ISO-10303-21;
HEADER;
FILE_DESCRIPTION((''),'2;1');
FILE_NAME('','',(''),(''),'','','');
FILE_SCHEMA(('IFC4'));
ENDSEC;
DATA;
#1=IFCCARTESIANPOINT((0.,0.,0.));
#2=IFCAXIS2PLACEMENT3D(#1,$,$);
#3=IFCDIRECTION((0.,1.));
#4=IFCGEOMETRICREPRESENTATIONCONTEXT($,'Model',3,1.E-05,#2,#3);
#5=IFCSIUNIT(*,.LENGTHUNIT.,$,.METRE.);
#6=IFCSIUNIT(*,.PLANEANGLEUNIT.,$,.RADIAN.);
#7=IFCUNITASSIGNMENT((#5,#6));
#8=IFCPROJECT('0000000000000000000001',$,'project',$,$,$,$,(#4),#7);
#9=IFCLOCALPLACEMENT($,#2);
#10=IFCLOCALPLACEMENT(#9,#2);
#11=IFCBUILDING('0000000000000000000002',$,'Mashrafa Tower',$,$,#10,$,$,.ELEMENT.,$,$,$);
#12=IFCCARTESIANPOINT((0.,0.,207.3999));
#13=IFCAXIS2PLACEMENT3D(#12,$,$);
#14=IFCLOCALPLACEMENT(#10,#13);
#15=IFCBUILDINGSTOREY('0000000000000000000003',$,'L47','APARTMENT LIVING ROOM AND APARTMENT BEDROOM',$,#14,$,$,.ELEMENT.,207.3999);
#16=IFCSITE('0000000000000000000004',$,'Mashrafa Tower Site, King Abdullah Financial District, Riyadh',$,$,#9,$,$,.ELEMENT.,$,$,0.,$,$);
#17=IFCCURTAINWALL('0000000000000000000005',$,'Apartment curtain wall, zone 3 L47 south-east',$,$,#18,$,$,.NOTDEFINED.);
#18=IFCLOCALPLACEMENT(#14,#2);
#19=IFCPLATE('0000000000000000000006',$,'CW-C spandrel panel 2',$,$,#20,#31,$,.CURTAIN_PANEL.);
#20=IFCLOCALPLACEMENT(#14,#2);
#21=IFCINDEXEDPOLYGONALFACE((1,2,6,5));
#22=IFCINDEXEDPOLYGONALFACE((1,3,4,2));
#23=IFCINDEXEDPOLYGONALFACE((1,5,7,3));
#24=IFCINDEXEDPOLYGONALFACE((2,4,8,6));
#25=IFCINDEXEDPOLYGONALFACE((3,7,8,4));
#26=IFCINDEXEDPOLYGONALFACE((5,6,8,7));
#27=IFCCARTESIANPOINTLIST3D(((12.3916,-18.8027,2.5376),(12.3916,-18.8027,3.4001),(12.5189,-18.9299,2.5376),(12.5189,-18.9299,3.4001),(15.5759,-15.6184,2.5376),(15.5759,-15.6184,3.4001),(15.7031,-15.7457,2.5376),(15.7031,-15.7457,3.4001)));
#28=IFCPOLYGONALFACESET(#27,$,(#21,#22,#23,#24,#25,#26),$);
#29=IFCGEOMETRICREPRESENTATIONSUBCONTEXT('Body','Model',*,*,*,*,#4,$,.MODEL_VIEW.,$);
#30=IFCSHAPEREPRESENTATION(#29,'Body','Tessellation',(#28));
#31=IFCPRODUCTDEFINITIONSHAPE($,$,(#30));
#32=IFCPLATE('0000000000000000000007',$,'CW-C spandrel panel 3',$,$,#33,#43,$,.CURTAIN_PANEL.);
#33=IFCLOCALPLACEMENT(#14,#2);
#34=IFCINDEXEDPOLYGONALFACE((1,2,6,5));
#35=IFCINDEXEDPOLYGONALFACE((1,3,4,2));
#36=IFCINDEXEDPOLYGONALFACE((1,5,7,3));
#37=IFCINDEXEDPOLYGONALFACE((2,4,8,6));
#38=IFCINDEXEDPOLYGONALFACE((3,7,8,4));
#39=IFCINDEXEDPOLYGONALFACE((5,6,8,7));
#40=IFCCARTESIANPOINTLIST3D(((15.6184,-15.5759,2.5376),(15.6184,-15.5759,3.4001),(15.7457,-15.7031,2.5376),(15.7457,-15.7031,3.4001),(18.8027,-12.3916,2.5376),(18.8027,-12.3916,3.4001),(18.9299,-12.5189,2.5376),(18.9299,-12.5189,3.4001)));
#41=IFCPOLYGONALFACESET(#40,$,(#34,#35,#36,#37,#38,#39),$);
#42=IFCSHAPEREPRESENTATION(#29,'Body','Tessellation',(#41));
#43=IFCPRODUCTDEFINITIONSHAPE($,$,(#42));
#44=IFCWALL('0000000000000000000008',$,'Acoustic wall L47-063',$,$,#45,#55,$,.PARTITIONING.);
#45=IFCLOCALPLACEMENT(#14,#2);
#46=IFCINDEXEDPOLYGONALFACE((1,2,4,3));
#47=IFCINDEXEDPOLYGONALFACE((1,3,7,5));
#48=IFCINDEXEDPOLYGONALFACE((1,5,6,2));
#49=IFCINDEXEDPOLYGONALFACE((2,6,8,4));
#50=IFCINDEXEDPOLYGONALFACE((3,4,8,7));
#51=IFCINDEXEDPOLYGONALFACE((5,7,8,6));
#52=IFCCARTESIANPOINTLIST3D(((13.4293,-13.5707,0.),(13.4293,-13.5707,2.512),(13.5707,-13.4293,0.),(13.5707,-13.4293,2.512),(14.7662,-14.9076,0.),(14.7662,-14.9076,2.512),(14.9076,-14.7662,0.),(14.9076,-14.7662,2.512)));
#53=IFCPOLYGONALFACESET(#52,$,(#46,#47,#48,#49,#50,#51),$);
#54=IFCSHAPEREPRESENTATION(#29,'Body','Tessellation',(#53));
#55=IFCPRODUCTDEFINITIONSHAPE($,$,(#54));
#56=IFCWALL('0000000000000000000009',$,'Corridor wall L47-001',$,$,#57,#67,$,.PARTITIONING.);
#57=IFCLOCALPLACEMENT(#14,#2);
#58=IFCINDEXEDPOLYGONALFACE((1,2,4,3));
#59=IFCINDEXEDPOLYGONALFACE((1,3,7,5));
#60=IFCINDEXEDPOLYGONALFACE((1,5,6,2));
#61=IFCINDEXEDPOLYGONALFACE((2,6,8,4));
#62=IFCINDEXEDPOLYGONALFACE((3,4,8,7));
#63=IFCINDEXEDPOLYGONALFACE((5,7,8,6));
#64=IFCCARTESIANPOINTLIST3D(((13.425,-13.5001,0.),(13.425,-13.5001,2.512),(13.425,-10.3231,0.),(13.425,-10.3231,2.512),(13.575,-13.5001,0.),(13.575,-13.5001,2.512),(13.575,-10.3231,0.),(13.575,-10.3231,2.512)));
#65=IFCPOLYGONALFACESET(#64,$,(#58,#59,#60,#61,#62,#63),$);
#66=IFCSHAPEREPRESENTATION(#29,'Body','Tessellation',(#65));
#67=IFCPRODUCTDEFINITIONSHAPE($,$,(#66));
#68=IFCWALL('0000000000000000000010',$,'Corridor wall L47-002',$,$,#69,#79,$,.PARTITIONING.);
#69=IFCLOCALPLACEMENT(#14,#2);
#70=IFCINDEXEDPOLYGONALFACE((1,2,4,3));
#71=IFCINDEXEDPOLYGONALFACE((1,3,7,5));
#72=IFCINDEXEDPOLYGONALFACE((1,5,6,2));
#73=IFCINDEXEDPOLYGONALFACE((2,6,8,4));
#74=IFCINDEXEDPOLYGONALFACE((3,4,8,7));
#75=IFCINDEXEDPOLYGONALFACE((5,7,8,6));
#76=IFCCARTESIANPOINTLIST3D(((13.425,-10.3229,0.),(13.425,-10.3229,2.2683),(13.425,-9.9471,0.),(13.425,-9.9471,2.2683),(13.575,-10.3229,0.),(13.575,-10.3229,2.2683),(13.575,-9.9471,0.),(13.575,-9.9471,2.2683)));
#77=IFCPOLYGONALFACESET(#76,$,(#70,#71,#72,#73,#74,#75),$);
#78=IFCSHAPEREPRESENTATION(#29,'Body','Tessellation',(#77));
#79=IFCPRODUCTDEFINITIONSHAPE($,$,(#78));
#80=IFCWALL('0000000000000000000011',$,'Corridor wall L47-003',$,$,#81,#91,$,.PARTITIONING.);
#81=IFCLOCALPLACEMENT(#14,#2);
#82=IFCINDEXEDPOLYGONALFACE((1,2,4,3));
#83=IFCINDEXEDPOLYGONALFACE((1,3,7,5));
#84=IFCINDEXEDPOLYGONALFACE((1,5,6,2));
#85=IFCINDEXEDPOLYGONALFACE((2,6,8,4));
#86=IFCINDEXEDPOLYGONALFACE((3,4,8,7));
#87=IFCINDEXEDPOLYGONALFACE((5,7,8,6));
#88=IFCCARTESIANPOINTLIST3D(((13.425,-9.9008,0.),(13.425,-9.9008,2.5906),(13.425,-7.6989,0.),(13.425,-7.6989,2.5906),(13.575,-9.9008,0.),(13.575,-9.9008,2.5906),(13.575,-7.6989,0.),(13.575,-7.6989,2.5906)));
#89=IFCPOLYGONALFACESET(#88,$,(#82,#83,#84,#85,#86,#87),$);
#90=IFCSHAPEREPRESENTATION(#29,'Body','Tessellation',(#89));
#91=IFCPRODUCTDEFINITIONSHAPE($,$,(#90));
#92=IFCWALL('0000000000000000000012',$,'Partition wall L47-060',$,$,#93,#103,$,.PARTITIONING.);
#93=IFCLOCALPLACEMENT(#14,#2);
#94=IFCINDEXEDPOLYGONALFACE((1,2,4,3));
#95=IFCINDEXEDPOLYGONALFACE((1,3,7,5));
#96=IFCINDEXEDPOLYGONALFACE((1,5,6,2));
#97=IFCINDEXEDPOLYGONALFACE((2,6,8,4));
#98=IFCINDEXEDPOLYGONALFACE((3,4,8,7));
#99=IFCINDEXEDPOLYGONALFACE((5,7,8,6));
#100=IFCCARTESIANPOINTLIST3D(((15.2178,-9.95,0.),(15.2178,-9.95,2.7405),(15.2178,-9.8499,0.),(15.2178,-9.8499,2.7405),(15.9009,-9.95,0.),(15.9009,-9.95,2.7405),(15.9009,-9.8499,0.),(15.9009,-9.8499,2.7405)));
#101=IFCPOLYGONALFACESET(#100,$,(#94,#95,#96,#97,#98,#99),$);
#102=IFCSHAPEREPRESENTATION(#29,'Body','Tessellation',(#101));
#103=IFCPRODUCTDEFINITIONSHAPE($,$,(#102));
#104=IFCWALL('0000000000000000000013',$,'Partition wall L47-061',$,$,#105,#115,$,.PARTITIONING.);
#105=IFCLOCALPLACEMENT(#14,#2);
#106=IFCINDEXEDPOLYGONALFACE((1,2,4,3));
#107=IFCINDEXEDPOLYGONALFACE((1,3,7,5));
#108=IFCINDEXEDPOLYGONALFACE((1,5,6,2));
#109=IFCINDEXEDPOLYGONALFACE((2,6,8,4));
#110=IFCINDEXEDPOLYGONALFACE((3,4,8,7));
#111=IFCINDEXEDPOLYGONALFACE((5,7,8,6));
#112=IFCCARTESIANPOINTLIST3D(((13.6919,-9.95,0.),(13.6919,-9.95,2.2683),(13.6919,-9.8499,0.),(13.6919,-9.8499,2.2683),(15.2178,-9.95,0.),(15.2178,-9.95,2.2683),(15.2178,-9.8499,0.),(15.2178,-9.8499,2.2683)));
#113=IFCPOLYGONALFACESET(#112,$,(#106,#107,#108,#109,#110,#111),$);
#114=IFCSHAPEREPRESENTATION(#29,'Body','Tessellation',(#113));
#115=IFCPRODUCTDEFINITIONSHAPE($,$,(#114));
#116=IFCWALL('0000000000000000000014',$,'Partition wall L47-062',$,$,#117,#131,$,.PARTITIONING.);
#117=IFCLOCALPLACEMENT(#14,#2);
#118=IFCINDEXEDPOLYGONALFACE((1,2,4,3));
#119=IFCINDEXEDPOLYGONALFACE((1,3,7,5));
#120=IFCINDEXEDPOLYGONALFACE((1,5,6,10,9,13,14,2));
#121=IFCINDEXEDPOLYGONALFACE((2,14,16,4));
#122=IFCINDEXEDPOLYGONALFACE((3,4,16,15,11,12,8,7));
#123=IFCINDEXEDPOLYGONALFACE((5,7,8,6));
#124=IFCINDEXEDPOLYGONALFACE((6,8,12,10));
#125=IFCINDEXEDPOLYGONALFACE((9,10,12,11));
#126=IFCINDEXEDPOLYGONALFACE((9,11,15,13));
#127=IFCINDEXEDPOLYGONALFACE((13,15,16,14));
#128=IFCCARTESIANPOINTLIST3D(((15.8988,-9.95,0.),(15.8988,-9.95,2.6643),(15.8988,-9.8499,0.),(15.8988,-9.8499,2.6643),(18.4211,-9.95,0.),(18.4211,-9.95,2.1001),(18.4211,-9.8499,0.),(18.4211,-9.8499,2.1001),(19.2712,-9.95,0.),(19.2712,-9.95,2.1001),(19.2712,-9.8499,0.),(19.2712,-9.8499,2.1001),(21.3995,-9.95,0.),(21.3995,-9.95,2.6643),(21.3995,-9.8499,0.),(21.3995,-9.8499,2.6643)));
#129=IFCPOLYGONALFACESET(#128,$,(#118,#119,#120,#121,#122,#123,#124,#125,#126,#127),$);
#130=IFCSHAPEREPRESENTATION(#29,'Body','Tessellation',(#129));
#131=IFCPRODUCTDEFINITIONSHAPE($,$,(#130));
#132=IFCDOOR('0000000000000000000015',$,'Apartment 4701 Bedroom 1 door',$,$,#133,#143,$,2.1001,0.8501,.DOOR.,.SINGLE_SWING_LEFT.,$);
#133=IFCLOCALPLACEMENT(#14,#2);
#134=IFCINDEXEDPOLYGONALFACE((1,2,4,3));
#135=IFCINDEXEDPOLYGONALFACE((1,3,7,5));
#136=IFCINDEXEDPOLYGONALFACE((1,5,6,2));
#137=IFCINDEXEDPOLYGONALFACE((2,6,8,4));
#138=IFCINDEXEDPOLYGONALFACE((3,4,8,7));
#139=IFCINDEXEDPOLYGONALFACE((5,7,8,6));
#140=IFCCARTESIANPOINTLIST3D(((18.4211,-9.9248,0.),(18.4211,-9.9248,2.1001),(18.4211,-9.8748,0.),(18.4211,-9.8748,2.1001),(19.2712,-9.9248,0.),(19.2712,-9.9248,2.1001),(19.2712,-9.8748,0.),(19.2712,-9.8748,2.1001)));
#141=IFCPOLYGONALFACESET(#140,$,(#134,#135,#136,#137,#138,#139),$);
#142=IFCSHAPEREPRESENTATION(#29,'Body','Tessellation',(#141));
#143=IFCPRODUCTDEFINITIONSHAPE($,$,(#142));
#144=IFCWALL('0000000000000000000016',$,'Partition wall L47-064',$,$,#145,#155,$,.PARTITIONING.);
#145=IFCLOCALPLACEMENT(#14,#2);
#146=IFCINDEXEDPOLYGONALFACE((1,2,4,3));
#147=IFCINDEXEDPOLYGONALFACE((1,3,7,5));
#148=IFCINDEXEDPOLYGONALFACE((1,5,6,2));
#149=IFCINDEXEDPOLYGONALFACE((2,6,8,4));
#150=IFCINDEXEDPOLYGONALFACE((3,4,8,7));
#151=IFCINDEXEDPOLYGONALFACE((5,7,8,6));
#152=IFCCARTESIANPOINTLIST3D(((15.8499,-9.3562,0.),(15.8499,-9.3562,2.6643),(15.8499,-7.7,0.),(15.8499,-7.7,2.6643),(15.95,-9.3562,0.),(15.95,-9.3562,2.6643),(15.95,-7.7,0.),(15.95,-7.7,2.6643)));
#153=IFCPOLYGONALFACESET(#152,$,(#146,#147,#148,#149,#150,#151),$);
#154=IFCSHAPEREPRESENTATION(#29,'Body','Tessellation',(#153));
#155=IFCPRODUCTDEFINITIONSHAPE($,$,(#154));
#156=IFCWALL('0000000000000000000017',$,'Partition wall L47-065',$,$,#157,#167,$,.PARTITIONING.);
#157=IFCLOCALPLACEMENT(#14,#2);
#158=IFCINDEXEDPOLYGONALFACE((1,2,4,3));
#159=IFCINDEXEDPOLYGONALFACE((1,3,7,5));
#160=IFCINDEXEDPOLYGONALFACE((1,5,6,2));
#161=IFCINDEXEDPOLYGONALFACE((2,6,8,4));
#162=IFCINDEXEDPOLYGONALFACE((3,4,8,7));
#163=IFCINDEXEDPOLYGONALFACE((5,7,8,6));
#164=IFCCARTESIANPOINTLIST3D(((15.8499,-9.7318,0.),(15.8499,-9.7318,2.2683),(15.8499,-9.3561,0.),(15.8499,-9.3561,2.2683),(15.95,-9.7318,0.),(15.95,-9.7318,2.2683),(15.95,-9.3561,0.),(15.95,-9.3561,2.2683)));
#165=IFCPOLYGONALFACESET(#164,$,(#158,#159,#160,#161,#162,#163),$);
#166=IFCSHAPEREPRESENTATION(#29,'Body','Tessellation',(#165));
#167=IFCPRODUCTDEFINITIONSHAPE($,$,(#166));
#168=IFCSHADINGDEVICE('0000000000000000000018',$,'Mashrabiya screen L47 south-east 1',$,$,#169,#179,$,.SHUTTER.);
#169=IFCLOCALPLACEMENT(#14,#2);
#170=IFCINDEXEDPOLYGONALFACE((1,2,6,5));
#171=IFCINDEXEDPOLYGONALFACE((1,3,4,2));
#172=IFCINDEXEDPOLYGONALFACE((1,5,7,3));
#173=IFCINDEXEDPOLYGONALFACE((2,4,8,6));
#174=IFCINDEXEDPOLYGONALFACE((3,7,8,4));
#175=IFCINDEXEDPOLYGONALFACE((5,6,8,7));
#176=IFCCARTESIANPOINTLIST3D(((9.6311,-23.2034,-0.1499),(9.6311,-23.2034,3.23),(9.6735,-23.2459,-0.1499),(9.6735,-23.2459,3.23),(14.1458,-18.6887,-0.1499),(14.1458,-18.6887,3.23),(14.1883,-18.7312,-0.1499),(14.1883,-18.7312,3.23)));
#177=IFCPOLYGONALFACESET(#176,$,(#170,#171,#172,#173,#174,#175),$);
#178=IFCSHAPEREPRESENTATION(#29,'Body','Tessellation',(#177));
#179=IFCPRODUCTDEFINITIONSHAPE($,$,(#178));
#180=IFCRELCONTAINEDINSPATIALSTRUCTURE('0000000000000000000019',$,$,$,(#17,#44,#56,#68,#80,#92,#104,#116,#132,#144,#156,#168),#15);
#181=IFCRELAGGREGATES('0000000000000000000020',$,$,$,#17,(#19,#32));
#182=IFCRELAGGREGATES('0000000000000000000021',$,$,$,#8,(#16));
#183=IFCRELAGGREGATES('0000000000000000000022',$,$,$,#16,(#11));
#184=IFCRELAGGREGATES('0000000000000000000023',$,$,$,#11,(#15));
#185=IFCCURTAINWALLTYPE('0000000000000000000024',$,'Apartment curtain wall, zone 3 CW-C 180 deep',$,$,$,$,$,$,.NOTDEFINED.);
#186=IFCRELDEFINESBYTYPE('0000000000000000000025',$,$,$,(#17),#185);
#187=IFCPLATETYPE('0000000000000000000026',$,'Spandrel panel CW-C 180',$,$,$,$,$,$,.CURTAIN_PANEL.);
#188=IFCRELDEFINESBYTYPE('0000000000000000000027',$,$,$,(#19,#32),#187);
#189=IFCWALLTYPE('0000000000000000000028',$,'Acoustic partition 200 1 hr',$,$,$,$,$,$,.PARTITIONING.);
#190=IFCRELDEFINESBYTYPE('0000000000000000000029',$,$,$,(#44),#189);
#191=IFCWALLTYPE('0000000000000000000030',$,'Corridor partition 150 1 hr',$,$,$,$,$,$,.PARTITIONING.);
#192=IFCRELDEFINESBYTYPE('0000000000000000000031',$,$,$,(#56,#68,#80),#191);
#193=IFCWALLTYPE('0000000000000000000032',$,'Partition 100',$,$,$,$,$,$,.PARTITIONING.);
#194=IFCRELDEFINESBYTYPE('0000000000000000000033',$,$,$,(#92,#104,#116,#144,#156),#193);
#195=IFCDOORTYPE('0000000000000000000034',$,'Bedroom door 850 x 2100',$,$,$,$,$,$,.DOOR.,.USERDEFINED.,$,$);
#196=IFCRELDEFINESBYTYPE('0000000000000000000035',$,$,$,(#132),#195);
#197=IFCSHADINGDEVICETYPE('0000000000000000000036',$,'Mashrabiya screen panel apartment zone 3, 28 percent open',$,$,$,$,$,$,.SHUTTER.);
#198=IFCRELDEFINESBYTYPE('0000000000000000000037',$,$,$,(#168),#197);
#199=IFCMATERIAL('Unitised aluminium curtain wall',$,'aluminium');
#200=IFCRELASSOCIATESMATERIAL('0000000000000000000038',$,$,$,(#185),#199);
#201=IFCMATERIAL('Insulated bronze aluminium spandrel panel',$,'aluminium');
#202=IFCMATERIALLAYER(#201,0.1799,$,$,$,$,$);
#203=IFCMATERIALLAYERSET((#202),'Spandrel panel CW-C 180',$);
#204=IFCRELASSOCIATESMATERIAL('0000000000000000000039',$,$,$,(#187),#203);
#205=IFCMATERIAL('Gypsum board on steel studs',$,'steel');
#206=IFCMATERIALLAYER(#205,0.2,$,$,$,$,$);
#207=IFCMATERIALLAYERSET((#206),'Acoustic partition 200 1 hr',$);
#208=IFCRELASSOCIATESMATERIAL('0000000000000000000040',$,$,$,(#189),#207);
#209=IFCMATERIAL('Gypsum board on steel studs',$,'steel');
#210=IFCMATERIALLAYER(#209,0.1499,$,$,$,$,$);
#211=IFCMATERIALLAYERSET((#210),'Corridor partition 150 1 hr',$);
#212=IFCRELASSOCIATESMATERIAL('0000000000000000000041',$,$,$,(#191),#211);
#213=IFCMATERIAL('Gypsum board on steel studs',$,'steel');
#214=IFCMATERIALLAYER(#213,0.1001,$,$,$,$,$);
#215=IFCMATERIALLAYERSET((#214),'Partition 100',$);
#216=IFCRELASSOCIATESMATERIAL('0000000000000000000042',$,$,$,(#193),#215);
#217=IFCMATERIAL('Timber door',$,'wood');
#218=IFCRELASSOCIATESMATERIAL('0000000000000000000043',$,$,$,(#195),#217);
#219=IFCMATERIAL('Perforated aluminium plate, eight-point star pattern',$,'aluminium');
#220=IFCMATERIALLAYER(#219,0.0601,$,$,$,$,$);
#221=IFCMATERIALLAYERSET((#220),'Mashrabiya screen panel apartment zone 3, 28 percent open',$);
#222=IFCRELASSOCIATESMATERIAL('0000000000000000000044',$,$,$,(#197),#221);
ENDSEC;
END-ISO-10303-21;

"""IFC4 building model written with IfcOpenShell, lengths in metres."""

from ifc_helpers import new_model, si_unit, direction, frame, frame_2d, origin, origin_2d, place, context, subcontext, project, spatial, rectangle, extrude, source, transform, mapped, material, layer, layer_set, type_object, type_shapes, element, fill, aggregate, save


model = new_model("IFC4")

# Units and contexts
model_context = context("Model", 3, precision=1e-05, world=origin(), true_north=direction((0.0, 1.0)))
body_context = subcontext(model_context, "Body", "Model", "MODEL_VIEW")
ifc_project = project(units=[si_unit("LENGTHUNIT", "METRE"), si_unit("PLANEANGLEUNIT", "RADIAN")], contexts=[model_context])

# Site, building, storey
site_placement = place(None, origin())
site = spatial("IfcSite", under=ifc_project, at=site_placement, Name="Mashrafa Tower Site, King Abdullah Financial District, Riyadh", CompositionType="ELEMENT", RefElevation=0.0)
building_placement = place(site_placement, origin())
building = spatial("IfcBuilding", under=site, at=building_placement, Name="Mashrafa Tower", CompositionType="ELEMENT")
storey_placement = place(building_placement, frame((0.0, 0.0, 207.3999)))
storey = spatial("IfcBuildingStorey", under=building, at=storey_placement, Name="L47", Description="APARTMENT LIVING ROOM AND APARTMENT BEDROOM", CompositionType="ELEMENT", Elevation=207.3999)

# Curtain wall, plates
ifc_material_1 = material(Name="Unitised aluminium curtain wall", Category="aluminium")
curtain_wall_type = type_object("IfcCurtainWallType", Name="Apartment curtain wall, zone 3 CW-C 180 deep", PredefinedType="NOTDEFINED", material=ifc_material_1)
curtain_wall_placement = place(storey_placement, origin())
curtain_wall = element("IfcCurtainWall", 1, at=curtain_wall_placement, inside=storey, type_object=curtain_wall_type, Name="Apartment curtain wall, zone 3 L47 south-east", PredefinedType="NOTDEFINED")
ifc_material_2 = material(Name="Insulated bronze aluminium spandrel panel", Category="aluminium")
ifc_layer_1 = layer(ifc_material_2, 0.1799)
ifc_layer_set_1 = layer_set([ifc_layer_1], Name="Spandrel panel CW-C 180")
plate_type_1 = type_object("IfcPlateType", Name="Spandrel panel CW-C 180", PredefinedType="CURTAIN_PANEL", material=ifc_layer_set_1)
shared_shape_1 = source(origin(), body_context, "Body", "SweptSolid", [
    extrude(rectangle(XDim=4.5032, YDim=0.1799, at=origin_2d()), origin(), (0.0, 0.0, 1.0), 0.8625),
])
plate_1_placement = place(storey_placement, frame((14.0474, -17.2742, 2.5376), z_axis=(0.0, 0.0, 1.0), x_axis=(0.707107, 0.707107, 0.0)))
plate_1 = element("IfcPlate", 2, at=plate_1_placement, type_object=plate_type_1, Name="CW-C spandrel panel 2", PredefinedType="CURTAIN_PANEL", context=body_context, shape_type="MappedRepresentation", body=[
    mapped(shared_shape_1, transform((0.0, 0.0, 0.0))),
])
plate_2_placement = place(storey_placement, frame((17.2742, -14.0474, 2.5376), z_axis=(0.0, 0.0, 1.0), x_axis=(0.707107, 0.707107, 0.0)))
plate_2 = element("IfcPlate", 3, at=plate_2_placement, type_object=plate_type_1, Name="CW-C spandrel panel 3", PredefinedType="CURTAIN_PANEL", context=body_context, shape_type="MappedRepresentation", body=[
    mapped(shared_shape_1, transform((0.0, 0.0, 0.0))),
])
aggregate(curtain_wall, [plate_1, plate_2])

# Walls
ifc_material_3 = material(Name="Gypsum board on steel studs", Category="steel")
ifc_layer_2 = layer(ifc_material_3, 0.2)
ifc_layer_set_2 = layer_set([ifc_layer_2], Name="Acoustic partition 200 1 hr")
wall_type_1 = type_object("IfcWallType", Name="Acoustic partition 200 1 hr", PredefinedType="PARTITIONING", material=ifc_layer_set_2)
wall_1_placement = place(storey_placement, frame((13.5, -13.5, 0.0), z_axis=(0.0, 0.0, 1.0), x_axis=(0.707107, -0.707107, 0.0)))
element("IfcWall", 4, at=wall_1_placement, inside=storey, type_object=wall_type_1, Name="Acoustic wall L47-063", PredefinedType="PARTITIONING", context=body_context, shape_type="SweptSolid", body=[
    extrude(rectangle(XDim=1.8906, YDim=0.2, at=frame_2d((0.9453, 0.0))), origin(), (0.0, 0.0, 1.0), 2.512),
])
ifc_material_4 = material(Name="Gypsum board on steel studs", Category="steel")
ifc_layer_3 = layer(ifc_material_4, 0.1499)
ifc_layer_set_3 = layer_set([ifc_layer_3], Name="Corridor partition 150 1 hr")
wall_type_2 = type_object("IfcWallType", Name="Corridor partition 150 1 hr", PredefinedType="PARTITIONING", material=ifc_layer_set_3)
wall_2_placement = place(storey_placement, frame((13.5, -13.5, 0.0), z_axis=(0.0, 0.0, 1.0), x_axis=(0.0, 1.0, 0.0)))
element("IfcWall", 5, at=wall_2_placement, inside=storey, type_object=wall_type_2, Name="Corridor wall L47-001", PredefinedType="PARTITIONING", context=body_context, shape_type="SweptSolid", body=[
    extrude(rectangle(XDim=3.177, YDim=0.1499, at=frame_2d((1.5884, 0.0))), origin(), (0.0, 0.0, 1.0), 2.512),
])
wall_3_placement = place(storey_placement, frame((13.5, -10.323, 0.0), z_axis=(0.0, 0.0, 1.0), x_axis=(0.0, 1.0, 0.0)))
element("IfcWall", 6, at=wall_3_placement, inside=storey, type_object=wall_type_2, Name="Corridor wall L47-002", PredefinedType="PARTITIONING", context=body_context, shape_type="SweptSolid", body=[
    extrude(rectangle(XDim=0.3757, YDim=0.1499, at=frame_2d((0.188, 0.0))), origin(), (0.0, 0.0, 1.0), 2.2683),
])
wall_4_placement = place(storey_placement, frame((13.5, -9.9009, 0.0), z_axis=(0.0, 0.0, 1.0), x_axis=(0.0, 1.0, 0.0)))
element("IfcWall", 7, at=wall_4_placement, inside=storey, type_object=wall_type_2, Name="Corridor wall L47-003", PredefinedType="PARTITIONING", context=body_context, shape_type="SweptSolid", body=[
    extrude(rectangle(XDim=2.2019, YDim=0.1499, at=frame_2d((1.1011, 0.0))), origin(), (0.0, 0.0, 1.0), 2.5906),
])
ifc_material_5 = material(Name="Gypsum board on steel studs", Category="steel")
ifc_layer_4 = layer(ifc_material_5, 0.1001)
ifc_layer_set_4 = layer_set([ifc_layer_4], Name="Partition 100")
wall_type_3 = type_object("IfcWallType", Name="Partition 100", PredefinedType="PARTITIONING", material=ifc_layer_set_4)
wall_5_placement = place(storey_placement, frame((15.9009, -9.8999, 0.0), z_axis=(0.0, 0.0, 1.0), x_axis=(-1.0, 0.0, 0.0)))
element("IfcWall", 8, at=wall_5_placement, inside=storey, type_object=wall_type_3, Name="Partition wall L47-060", PredefinedType="PARTITIONING", context=body_context, shape_type="SweptSolid", body=[
    extrude(rectangle(XDim=0.6831, YDim=0.1001, at=frame_2d((0.3416, 0.0))), origin(), (0.0, 0.0, 1.0), 2.7405),
])
wall_6_placement = place(storey_placement, frame((15.2178, -9.8999, 0.0), z_axis=(0.0, 0.0, 1.0), x_axis=(-1.0, 0.0, 0.0)))
element("IfcWall", 9, at=wall_6_placement, inside=storey, type_object=wall_type_3, Name="Partition wall L47-061", PredefinedType="PARTITIONING", context=body_context, shape_type="SweptSolid", body=[
    extrude(rectangle(XDim=1.5259, YDim=0.1001, at=frame_2d((0.7629, 0.0))), origin(), (0.0, 0.0, 1.0), 2.2683),
])

# Wall, opening, door
wall_7_placement = place(storey_placement, frame((21.3997, -9.8999, 0.0), z_axis=(0.0, 0.0, 1.0), x_axis=(-1.0, 0.0, 0.0)))
wall_7 = element("IfcWall", 10, at=wall_7_placement, inside=storey, type_object=wall_type_3, Name="Partition wall L47-062", PredefinedType="PARTITIONING", context=body_context, shape_type="SweptSolid", body=[
    extrude(rectangle(XDim=5.5007, YDim=0.1001, at=frame_2d((2.7505, 0.0))), origin(), (0.0, 0.0, 1.0), 2.6643),
])
opening_placement = place(wall_7_placement, frame((2.1284, 0.0, 0.0)))
opening = element("IfcOpeningElement", 11, at=opening_placement, cuts=wall_7, PredefinedType="OPENING", context=body_context, shape_type="SweptSolid", body=[
    extrude(rectangle(XDim=0.8501, YDim=2.1001, at=frame_2d((0.425, 1.05))), frame((0.0, 0.0601, 0.0), z_axis=(0.0, -1.0, 0.0), x_axis=(1.0, 0.0, 0.0)), (0.0, 0.0, 1.0), 0.1201),
])
ifc_material_6 = material(Name="Timber door", Category="wood")
door_type = type_object("IfcDoorType", Name="Bedroom door 850 x 2100", OperationType="USERDEFINED", PredefinedType="DOOR", material=ifc_material_6)
door_placement = place(opening_placement, origin())
door = element("IfcDoor", 12, at=door_placement, inside=storey, type_object=door_type, Name="Apartment 4701 Bedroom 1 door", OperationType="SINGLE_SWING_LEFT", OverallHeight=2.1001, OverallWidth=0.8501, PredefinedType="DOOR", context=body_context, shape_type="SweptSolid", body=[
    extrude(rectangle(XDim=0.8501, YDim=2.1001, at=frame_2d((0.425, 1.05))), frame((0.0, 0.0249, 0.0), z_axis=(0.0, -1.0, 0.0), x_axis=(1.0, 0.0, 0.0)), (0.0, 0.0, 1.0), 0.05),
])
fill(opening, door)

# Walls
wall_8_placement = place(storey_placement, frame((15.8999, -9.3562, 0.0), z_axis=(0.0, 0.0, 1.0), x_axis=(0.0, 1.0, 0.0)))
element("IfcWall", 13, at=wall_8_placement, inside=storey, type_object=wall_type_3, Name="Partition wall L47-064", PredefinedType="PARTITIONING", context=body_context, shape_type="SweptSolid", body=[
    extrude(rectangle(XDim=1.6562, YDim=0.1001, at=frame_2d((0.8281, 0.0))), origin(), (0.0, 0.0, 1.0), 2.6643),
])
wall_9_placement = place(storey_placement, frame((15.8999, -9.7319, 0.0), z_axis=(0.0, 0.0, 1.0), x_axis=(0.0, 1.0, 0.0)))
element("IfcWall", 14, at=wall_9_placement, inside=storey, type_object=wall_type_3, Name="Partition wall L47-065", PredefinedType="PARTITIONING", context=body_context, shape_type="SweptSolid", body=[
    extrude(rectangle(XDim=0.3757, YDim=0.1001, at=frame_2d((0.188, 0.0))), origin(), (0.0, 0.0, 1.0), 2.2683),
])

# Shading device
ifc_material_7 = material(Name="Perforated aluminium plate, eight-point star pattern", Category="aluminium")
ifc_layer_5 = layer(ifc_material_7, 0.0601)
ifc_layer_set_5 = layer_set([ifc_layer_5], Name="Mashrabiya screen panel apartment zone 3, 28 percent open")
shading_device_type = type_object("IfcShadingDeviceType", Name="Mashrabiya screen panel apartment zone 3, 28 percent open", PredefinedType="SHUTTER", material=ifc_layer_set_5)
shared_shape_2 = source(origin(), body_context, "Body", "SweptSolid", [
    extrude(rectangle(XDim=6.3848, YDim=0.0601, at=origin_2d()), origin(), (0.0, 0.0, 1.0), 3.3799),
])
type_shapes(shading_device_type, [shared_shape_2])
for number, where, z_axis, x_axis, name in (
    (15, (11.9097, -20.9673, -0.1499), (0.0, 0.0, 1.0), (0.707107, 0.707107, 0.0), "Mashrabiya screen L47 south-east 1"),
):
    element("IfcShadingDevice", number, at=place(storey_placement, frame(where, z_axis=z_axis, x_axis=x_axis)), inside=storey, type_object=shading_device_type, Name=name, PredefinedType="SHUTTER", context=body_context, shape_type="MappedRepresentation", body=[
        mapped(shared_shape_2, transform((0.0, 0.0, 0.0))),
    ])

save(model, "model.ifc")
